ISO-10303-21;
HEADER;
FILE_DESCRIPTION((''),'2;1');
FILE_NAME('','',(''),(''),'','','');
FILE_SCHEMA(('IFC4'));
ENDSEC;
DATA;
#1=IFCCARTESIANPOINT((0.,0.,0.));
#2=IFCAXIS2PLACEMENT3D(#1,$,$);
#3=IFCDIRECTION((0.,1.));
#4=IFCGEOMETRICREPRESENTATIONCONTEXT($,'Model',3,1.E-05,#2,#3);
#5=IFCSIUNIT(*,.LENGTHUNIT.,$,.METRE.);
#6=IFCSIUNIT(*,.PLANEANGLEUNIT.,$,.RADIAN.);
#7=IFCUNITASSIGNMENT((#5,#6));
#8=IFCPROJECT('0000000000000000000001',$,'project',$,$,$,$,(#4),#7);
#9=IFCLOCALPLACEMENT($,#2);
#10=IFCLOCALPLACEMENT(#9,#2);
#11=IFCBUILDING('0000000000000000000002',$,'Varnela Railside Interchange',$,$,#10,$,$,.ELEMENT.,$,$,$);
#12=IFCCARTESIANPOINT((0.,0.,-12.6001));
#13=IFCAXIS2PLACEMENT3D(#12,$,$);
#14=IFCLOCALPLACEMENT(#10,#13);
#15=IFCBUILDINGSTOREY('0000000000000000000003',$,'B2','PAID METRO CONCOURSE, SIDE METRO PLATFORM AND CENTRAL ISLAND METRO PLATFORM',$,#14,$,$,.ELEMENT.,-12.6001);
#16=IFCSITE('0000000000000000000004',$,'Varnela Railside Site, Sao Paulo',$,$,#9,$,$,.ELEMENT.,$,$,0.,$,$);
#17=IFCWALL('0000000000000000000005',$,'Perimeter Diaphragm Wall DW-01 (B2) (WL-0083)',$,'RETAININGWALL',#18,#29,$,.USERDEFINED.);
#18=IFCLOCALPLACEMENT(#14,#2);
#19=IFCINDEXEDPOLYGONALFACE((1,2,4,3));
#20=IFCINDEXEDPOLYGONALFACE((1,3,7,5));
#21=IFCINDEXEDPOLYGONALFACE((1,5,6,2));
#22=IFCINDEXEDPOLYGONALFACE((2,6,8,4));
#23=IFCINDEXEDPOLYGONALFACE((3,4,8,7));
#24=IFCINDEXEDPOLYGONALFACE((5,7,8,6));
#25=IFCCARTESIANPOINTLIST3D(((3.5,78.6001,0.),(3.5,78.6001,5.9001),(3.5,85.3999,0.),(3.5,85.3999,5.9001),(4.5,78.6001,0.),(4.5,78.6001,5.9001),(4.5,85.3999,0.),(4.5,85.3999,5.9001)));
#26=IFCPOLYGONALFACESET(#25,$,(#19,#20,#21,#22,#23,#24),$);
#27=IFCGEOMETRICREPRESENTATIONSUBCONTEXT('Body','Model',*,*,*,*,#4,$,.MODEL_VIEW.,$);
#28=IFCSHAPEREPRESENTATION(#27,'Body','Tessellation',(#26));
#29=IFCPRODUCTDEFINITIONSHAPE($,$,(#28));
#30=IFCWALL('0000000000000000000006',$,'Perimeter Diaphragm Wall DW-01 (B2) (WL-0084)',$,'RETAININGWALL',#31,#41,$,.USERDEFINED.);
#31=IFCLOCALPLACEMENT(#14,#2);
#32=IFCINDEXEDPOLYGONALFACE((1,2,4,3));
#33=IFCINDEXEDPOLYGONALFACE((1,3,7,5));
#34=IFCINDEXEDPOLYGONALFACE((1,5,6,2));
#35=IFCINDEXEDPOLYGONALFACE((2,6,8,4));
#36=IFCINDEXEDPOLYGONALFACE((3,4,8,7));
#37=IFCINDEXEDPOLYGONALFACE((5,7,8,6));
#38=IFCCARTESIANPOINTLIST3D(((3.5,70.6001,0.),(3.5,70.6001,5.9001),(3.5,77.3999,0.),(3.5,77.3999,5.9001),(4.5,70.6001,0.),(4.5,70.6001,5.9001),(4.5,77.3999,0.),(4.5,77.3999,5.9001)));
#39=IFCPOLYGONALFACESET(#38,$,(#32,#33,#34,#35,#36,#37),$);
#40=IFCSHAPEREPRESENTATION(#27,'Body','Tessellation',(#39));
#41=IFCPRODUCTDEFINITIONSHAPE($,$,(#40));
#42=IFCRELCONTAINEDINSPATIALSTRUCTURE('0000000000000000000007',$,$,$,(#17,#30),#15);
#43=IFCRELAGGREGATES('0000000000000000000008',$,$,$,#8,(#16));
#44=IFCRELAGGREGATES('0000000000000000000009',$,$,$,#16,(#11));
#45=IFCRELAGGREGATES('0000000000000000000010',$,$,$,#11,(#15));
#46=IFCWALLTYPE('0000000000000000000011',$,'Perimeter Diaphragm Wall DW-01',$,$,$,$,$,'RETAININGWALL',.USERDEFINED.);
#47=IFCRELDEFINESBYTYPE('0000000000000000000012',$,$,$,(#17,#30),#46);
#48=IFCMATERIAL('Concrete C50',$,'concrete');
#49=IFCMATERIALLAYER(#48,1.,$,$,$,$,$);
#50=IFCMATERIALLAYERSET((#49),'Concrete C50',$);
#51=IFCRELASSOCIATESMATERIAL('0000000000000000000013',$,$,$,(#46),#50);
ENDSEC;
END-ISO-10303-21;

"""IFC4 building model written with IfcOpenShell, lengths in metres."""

from ifc_helpers import new_model, si_unit, direction, frame, frame_2d, origin, place, context, subcontext, project, spatial, rectangle, extrude, material, layer, layer_set, type_object, element, save


model = new_model("IFC4")

# Units and contexts
model_context = context("Model", 3, precision=1e-05, world=origin(), true_north=direction((0.0, 1.0)))
body_context = subcontext(model_context, "Body", "Model", "MODEL_VIEW")
ifc_project = project(units=[si_unit("LENGTHUNIT", "METRE"), si_unit("PLANEANGLEUNIT", "RADIAN")], contexts=[model_context])

# Site, building, storey
site_placement = place(None, origin())
site = spatial("IfcSite", under=ifc_project, at=site_placement, Name="Varnela Railside Site, Sao Paulo", CompositionType="ELEMENT", RefElevation=0.0)
building_placement = place(site_placement, origin())
building = spatial("IfcBuilding", under=site, at=building_placement, Name="Varnela Railside Interchange", CompositionType="ELEMENT")
storey_placement = place(building_placement, frame((0.0, 0.0, -12.6001)))
storey = spatial("IfcBuildingStorey", under=building, at=storey_placement, Name="B2", Description="PAID METRO CONCOURSE, SIDE METRO PLATFORM AND CENTRAL ISLAND METRO PLATFORM", CompositionType="ELEMENT", Elevation=-12.6001)

# Shared definitions
ifc_material_1 = material(Name="Concrete C50", Category="concrete")

# Walls
ifc_layer = layer(ifc_material_1, 1.0)
ifc_layer_set = layer_set([ifc_layer], Name="Concrete C50")
wall_type = type_object("IfcWallType", Name="Perimeter Diaphragm Wall DW-01", ElementType="RETAININGWALL", PredefinedType="USERDEFINED", material=ifc_layer_set)
for number, where, z_axis, x_axis, name in (
    (1, (4.0, 85.3999, 0.0), (0.0, 0.0, 1.0), (0.0, -1.0, 0.0), "Perimeter Diaphragm Wall DW-01 (B2) (WL-0083)"),
    (2, (4.0, 77.3999, 0.0), (0.0, 0.0, 1.0), (0.0, -1.0, 0.0), "Perimeter Diaphragm Wall DW-01 (B2) (WL-0084)"),
):
    element("IfcWall", number, at=place(storey_placement, frame(where, z_axis=z_axis, x_axis=x_axis)), inside=storey, type_object=wall_type, Name=name, ObjectType="RETAININGWALL", PredefinedType="USERDEFINED", context=body_context, shape_type="SweptSolid", body=[
        extrude(rectangle(XDim=6.7998, YDim=1.0, at=frame_2d((3.3999, 0.0))), origin(), (0.0, 0.0, 1.0), 5.9001),
    ])

save(model, "model.ifc")
